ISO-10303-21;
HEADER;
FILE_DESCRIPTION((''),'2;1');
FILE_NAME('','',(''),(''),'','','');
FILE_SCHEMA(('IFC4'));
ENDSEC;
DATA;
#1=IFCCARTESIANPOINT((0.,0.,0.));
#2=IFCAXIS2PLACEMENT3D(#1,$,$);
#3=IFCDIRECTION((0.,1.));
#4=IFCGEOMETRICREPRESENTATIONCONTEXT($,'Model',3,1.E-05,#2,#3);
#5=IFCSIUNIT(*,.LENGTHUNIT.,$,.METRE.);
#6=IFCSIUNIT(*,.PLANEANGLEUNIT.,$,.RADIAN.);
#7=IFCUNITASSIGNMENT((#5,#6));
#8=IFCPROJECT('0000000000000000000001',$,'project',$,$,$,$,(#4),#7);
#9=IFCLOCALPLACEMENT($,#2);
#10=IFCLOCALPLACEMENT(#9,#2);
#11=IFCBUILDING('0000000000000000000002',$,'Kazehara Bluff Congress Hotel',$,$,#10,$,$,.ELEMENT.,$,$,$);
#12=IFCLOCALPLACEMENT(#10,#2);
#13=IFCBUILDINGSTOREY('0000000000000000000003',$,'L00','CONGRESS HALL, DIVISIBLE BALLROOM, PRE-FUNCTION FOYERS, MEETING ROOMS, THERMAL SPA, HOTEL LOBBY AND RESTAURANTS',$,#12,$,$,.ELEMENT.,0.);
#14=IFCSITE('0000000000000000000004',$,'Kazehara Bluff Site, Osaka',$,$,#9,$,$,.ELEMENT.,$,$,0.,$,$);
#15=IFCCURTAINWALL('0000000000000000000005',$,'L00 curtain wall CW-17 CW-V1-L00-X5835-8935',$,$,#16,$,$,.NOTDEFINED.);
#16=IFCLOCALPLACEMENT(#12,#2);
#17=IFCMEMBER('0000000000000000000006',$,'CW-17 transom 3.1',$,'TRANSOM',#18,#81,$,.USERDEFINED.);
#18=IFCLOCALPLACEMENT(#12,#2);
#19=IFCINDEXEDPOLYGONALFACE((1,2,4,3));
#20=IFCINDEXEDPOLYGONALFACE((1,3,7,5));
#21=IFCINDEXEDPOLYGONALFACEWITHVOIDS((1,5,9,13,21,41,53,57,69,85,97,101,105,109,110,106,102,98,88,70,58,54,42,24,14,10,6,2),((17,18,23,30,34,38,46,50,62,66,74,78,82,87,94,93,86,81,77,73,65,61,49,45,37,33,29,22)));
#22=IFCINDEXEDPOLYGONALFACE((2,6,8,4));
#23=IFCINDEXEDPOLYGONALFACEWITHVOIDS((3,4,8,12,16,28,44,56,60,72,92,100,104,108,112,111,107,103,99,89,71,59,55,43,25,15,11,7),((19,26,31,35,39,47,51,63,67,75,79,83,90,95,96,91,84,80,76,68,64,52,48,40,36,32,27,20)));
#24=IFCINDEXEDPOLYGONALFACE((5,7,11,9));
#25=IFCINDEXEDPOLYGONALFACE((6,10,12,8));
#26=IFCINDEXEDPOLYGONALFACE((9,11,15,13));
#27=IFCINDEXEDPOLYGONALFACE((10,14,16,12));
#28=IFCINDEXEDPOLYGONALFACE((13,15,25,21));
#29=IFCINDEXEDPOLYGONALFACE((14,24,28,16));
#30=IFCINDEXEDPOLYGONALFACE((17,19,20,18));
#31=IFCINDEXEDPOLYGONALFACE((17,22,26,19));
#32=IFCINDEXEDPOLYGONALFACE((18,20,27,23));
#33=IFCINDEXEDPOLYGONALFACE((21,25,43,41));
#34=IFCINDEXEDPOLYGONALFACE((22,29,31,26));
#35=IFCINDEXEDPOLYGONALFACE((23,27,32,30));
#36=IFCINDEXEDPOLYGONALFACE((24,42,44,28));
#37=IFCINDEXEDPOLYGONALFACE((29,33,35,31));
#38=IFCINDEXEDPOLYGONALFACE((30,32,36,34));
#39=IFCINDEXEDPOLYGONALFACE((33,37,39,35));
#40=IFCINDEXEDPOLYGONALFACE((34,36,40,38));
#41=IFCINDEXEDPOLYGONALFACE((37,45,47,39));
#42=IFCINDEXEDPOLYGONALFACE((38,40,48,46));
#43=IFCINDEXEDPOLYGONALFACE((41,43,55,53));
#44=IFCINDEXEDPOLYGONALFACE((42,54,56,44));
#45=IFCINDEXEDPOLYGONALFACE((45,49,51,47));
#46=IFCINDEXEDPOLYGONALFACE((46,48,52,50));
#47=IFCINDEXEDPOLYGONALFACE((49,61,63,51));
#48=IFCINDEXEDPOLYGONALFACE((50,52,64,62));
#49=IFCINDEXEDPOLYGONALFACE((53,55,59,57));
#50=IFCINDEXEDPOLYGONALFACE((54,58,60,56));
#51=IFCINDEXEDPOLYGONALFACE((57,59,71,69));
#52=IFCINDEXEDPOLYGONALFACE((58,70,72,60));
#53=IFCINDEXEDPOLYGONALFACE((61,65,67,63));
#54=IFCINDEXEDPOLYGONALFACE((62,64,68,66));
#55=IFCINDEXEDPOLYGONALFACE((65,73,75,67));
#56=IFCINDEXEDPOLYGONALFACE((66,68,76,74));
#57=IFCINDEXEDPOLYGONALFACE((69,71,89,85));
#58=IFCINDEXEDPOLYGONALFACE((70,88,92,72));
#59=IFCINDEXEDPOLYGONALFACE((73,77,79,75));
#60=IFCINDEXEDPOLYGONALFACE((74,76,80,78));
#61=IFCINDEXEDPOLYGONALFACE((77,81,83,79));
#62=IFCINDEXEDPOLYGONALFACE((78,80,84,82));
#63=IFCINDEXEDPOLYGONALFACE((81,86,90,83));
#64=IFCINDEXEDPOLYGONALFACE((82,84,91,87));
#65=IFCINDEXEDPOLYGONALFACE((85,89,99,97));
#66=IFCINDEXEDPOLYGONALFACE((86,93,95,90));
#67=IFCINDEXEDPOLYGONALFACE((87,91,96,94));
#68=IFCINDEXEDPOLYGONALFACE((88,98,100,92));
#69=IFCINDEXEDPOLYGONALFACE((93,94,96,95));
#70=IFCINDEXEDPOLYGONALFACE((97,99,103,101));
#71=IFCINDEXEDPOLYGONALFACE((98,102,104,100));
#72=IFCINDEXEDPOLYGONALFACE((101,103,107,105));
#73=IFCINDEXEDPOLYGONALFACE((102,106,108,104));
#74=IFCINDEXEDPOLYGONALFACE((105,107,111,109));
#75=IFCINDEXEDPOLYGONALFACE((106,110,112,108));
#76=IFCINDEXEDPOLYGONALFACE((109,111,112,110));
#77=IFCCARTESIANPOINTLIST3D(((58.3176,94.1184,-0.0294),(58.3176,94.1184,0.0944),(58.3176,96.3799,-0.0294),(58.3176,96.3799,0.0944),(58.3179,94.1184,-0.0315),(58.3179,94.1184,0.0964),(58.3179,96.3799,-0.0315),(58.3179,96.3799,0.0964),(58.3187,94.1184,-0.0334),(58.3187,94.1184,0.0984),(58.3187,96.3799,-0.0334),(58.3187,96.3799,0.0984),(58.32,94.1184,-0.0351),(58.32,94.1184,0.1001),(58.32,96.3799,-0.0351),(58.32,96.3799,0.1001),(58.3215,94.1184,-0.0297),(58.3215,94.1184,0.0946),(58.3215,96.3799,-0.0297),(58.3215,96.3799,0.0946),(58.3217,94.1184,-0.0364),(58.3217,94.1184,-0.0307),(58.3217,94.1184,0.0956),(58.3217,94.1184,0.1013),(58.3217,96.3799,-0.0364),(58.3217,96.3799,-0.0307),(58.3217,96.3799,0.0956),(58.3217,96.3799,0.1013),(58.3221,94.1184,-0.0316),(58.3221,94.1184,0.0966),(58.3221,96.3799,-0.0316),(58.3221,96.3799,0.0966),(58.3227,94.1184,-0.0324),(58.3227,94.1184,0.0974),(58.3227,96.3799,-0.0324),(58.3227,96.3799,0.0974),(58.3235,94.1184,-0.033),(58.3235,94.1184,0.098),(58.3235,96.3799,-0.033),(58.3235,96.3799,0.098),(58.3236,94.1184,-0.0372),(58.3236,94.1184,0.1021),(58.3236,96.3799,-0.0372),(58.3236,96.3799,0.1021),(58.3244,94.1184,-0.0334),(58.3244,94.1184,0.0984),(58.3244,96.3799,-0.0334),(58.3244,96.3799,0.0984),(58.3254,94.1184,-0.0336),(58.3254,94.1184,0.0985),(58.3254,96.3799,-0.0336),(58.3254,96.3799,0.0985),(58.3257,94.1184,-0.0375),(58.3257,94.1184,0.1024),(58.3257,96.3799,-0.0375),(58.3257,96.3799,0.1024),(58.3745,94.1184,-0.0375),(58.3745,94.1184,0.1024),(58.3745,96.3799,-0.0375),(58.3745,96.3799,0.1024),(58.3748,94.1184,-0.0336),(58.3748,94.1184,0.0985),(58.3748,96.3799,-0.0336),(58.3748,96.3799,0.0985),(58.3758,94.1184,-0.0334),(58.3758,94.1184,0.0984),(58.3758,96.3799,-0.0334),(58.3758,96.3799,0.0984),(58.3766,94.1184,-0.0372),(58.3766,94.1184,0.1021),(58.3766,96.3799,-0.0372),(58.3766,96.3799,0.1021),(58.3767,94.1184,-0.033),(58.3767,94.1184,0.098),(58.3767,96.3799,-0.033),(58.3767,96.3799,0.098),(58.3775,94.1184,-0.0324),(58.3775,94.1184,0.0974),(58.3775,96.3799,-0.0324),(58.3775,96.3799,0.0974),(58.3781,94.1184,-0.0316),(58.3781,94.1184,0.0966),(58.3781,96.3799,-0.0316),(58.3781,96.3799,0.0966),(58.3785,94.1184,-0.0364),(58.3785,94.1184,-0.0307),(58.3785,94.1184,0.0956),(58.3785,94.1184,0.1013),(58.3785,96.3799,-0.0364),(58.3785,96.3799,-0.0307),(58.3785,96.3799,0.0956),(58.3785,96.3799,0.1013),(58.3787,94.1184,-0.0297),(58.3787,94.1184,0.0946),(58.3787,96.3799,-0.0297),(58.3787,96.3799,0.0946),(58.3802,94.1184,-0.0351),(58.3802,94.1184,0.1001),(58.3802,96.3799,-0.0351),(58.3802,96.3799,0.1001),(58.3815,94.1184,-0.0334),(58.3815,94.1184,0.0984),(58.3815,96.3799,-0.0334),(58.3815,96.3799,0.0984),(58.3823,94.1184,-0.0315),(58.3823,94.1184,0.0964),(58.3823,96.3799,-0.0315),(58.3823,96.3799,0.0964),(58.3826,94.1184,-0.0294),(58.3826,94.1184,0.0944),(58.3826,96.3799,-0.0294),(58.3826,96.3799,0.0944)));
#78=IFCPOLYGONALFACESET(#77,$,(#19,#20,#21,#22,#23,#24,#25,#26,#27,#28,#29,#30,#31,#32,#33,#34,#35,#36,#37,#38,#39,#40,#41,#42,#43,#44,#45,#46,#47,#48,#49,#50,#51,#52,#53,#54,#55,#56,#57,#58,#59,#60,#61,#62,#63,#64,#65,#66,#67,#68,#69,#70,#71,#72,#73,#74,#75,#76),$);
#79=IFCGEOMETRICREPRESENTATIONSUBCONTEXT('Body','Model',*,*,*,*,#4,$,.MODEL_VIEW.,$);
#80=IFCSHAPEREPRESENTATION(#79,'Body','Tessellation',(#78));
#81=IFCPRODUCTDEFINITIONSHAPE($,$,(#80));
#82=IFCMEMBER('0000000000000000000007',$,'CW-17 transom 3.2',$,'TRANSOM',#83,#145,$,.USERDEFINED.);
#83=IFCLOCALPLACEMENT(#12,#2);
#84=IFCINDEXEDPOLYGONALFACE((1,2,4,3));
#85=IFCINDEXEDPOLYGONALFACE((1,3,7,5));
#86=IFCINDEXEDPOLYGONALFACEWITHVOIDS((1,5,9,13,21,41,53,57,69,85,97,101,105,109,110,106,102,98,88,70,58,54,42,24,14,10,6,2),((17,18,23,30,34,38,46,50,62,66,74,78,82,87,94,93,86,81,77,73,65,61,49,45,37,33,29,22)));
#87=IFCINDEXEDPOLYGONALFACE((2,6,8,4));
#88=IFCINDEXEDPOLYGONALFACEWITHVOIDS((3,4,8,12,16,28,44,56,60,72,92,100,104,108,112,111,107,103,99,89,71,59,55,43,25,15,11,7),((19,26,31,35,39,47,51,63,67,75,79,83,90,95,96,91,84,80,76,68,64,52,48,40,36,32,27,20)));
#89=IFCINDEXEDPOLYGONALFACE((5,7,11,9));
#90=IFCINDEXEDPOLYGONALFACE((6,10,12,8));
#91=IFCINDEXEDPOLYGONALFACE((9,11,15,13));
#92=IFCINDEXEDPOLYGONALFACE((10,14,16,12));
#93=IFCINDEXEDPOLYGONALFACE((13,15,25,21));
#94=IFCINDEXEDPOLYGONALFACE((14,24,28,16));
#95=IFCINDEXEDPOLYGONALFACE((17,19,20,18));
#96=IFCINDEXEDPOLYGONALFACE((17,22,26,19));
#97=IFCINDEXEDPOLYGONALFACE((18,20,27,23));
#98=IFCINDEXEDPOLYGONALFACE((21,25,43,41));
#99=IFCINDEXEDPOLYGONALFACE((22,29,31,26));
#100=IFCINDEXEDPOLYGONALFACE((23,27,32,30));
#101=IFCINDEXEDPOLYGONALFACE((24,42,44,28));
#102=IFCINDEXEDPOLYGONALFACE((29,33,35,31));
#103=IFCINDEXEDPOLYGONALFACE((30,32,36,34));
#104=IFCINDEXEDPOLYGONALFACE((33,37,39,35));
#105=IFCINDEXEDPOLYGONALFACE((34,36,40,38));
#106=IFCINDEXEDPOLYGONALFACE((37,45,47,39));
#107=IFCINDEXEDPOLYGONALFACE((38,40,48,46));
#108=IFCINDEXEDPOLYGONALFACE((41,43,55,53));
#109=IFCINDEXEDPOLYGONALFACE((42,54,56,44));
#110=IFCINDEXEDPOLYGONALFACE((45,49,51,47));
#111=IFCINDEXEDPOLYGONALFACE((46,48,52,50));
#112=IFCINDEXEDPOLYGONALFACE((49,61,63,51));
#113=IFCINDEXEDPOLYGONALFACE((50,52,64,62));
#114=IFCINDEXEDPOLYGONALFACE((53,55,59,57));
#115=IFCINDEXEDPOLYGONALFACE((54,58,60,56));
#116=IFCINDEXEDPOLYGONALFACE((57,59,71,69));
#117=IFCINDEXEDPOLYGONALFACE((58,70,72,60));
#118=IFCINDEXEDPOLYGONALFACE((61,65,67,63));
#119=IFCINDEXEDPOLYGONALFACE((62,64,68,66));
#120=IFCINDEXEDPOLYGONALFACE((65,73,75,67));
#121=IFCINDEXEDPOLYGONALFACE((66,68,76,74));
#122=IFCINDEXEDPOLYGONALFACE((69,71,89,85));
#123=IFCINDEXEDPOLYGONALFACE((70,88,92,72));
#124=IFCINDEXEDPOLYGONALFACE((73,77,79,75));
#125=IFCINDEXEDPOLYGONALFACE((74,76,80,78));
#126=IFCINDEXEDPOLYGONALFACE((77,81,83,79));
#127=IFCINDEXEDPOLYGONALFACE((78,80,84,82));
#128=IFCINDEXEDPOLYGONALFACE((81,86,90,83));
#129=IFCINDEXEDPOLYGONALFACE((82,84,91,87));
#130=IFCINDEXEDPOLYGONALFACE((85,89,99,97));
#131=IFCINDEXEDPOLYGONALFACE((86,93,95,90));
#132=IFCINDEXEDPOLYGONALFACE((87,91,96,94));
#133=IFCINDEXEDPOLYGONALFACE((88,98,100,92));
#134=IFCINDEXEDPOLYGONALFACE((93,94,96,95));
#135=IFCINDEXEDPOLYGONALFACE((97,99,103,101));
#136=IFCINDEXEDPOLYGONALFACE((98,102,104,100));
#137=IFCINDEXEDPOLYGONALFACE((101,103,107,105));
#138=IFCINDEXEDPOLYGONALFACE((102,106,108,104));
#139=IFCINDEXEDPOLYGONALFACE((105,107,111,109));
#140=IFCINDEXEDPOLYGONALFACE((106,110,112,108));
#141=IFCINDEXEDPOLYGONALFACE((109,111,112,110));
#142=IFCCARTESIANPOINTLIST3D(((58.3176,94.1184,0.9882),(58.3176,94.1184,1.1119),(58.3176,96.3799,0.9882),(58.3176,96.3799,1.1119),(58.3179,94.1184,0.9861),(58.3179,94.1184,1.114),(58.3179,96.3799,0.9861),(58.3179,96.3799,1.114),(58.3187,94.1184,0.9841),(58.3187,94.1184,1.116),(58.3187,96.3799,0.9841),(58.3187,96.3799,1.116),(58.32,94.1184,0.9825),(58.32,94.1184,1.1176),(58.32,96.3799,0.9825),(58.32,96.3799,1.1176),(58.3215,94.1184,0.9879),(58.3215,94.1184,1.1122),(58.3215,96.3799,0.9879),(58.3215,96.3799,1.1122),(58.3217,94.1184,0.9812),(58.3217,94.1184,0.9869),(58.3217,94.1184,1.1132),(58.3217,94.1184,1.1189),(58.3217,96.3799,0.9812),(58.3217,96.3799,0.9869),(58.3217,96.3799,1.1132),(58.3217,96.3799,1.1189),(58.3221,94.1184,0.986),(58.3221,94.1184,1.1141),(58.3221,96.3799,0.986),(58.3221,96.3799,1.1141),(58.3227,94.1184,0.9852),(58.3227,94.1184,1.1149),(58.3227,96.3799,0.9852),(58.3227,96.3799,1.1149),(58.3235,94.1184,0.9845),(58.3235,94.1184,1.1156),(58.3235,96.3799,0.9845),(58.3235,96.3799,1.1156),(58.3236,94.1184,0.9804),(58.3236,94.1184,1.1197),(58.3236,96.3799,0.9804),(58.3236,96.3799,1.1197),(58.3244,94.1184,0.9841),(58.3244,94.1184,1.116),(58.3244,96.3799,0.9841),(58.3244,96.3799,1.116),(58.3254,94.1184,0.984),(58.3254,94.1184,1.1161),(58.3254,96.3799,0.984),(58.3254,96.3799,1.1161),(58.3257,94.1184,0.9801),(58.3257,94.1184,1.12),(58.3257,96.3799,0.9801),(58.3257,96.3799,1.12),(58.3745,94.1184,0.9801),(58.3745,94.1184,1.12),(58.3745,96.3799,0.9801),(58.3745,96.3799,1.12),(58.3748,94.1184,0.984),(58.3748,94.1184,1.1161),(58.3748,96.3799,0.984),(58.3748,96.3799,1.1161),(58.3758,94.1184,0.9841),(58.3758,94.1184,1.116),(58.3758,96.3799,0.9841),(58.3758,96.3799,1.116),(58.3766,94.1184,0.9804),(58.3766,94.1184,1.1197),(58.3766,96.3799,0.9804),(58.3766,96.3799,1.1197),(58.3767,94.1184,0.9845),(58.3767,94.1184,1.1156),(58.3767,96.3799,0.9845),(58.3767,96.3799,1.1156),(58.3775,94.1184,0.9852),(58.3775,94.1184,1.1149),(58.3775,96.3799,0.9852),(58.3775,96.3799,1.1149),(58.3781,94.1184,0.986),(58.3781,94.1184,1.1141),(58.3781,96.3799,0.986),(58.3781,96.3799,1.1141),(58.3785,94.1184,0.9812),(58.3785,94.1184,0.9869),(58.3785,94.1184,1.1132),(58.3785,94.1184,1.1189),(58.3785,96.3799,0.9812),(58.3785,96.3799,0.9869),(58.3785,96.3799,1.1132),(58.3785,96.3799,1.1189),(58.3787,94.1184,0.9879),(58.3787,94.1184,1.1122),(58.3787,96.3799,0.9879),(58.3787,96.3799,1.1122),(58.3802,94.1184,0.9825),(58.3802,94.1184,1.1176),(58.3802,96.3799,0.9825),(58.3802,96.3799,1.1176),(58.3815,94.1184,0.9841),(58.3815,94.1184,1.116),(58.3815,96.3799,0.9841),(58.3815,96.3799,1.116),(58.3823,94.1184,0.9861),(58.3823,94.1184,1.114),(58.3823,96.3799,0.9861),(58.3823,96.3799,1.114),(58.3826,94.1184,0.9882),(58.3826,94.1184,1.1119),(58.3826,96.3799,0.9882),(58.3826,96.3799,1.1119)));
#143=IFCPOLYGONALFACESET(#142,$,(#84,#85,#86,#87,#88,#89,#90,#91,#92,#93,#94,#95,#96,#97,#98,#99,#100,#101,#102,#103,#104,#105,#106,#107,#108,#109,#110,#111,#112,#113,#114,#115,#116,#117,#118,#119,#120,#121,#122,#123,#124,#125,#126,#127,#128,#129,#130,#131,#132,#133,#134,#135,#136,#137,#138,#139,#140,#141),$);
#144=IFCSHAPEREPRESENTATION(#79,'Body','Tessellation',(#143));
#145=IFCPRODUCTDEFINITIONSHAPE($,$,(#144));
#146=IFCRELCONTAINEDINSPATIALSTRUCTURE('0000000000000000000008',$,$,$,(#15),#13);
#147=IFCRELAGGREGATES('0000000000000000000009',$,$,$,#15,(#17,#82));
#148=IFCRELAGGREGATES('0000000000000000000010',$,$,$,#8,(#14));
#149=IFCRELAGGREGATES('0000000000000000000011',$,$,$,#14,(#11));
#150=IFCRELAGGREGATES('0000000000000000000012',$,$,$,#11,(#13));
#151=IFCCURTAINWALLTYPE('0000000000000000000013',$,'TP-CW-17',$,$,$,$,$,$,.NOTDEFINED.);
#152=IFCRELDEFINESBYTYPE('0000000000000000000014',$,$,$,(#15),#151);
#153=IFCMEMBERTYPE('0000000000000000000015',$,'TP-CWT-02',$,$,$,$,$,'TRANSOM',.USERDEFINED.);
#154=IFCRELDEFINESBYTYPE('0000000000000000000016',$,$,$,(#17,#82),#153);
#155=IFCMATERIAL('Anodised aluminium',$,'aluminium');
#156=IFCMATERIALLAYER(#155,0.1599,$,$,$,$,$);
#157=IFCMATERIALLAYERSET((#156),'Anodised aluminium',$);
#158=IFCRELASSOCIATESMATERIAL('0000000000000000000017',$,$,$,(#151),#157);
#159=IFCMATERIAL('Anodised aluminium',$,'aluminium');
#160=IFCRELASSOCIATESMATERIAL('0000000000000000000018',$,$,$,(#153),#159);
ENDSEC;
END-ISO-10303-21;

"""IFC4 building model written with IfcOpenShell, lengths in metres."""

from ifc_helpers import new_model, si_unit, direction, frame, origin, origin_2d, place, context, subcontext, project, spatial, hollow_rectangle, extrude, material, layer, layer_set, material_profile, profile_set, type_object, element, aggregate, save


model = new_model("IFC4")

# Units and contexts
model_context = context("Model", 3, precision=1e-05, world=origin(), true_north=direction((0.0, 1.0)))
body_context = subcontext(model_context, "Body", "Model", "MODEL_VIEW")
ifc_project = project(units=[si_unit("LENGTHUNIT", "METRE"), si_unit("PLANEANGLEUNIT", "RADIAN")], contexts=[model_context])

# Site, building, storey
site_placement = place(None, origin())
site = spatial("IfcSite", under=ifc_project, at=site_placement, Name="Kazehara Bluff Site, Osaka", CompositionType="ELEMENT", RefElevation=0.0)
building_placement = place(site_placement, origin())
building = spatial("IfcBuilding", under=site, at=building_placement, Name="Kazehara Bluff Congress Hotel", CompositionType="ELEMENT")
storey_placement = place(building_placement, origin())
storey = spatial("IfcBuildingStorey", under=building, at=storey_placement, Name="L00", Description="CONGRESS HALL, DIVISIBLE BALLROOM, PRE-FUNCTION FOYERS, MEETING ROOMS, THERMAL SPA, HOTEL LOBBY AND RESTAURANTS", CompositionType="ELEMENT", Elevation=0.0)

# Shared definitions
ifc_material_1 = material(Name="Anodised aluminium", Category="aluminium")
ifc_layer_1 = layer(ifc_material_1, 0.1599)
ifc_layer_set_1 = layer_set([ifc_layer_1], Name="Anodised aluminium")
curtain_wall_type = type_object("IfcCurtainWallType", Name="TP-CW-17", PredefinedType="NOTDEFINED", material=ifc_layer_set_1)

# Curtain wall, members
curtain_wall_1_placement = place(storey_placement, origin())
curtain_wall_1 = element("IfcCurtainWall", 1, at=curtain_wall_1_placement, inside=storey, type_object=curtain_wall_type, Name="L00 curtain wall CW-17 CW-V1-L00-X5835-8935", PredefinedType="NOTDEFINED")
ifc_material_2 = material(Name="Anodised aluminium", Category="aluminium")
ifc_material_profile_1 = material_profile(ifc_material_2, hollow_rectangle(XDim=0.0649, YDim=0.1399, WallThickness=0.0039, InnerFilletRadius=0.0039, OuterFilletRadius=0.0081, at=origin_2d()))
ifc_profile_set_1 = profile_set([ifc_material_profile_1], Name="Anodised aluminium")
member_type_1 = type_object("IfcMemberType", Name="TP-CWT-02", ElementType="TRANSOM", PredefinedType="USERDEFINED", material=ifc_profile_set_1)
member_1_placement = place(storey_placement, frame((58.3501, 94.1184, 0.0325), z_axis=(0.0, 1.0, 0.0), x_axis=(-1.0, 0.0, 0.0)))
member_1 = element("IfcMember", 2, at=member_1_placement, type_object=member_type_1, Name="CW-17 transom 3.1", ObjectType="TRANSOM", PredefinedType="USERDEFINED", context=body_context, shape_type="SweptSolid", body=[
    extrude(hollow_rectangle(XDim=0.0649, YDim=0.1399, WallThickness=0.0039, InnerFilletRadius=0.0039, OuterFilletRadius=0.0081, at=origin_2d()), origin(), (0.0, 0.0, 1.0), 2.2615),
])
member_2_placement = place(storey_placement, frame((58.3501, 94.1184, 1.05), z_axis=(0.0, 1.0, 0.0), x_axis=(-1.0, 0.0, 0.0)))
member_2 = element("IfcMember", 3, at=member_2_placement, type_object=member_type_1, Name="CW-17 transom 3.2", ObjectType="TRANSOM", PredefinedType="USERDEFINED", context=body_context, shape_type="SweptSolid", body=[
    extrude(hollow_rectangle(XDim=0.0649, YDim=0.1399, WallThickness=0.0039, InnerFilletRadius=0.0039, OuterFilletRadius=0.0081, at=origin_2d()), origin(), (0.0, 0.0, 1.0), 2.2615),
])

aggregate(curtain_wall_1, [member_1, member_2])

save(model, "model.ifc")
